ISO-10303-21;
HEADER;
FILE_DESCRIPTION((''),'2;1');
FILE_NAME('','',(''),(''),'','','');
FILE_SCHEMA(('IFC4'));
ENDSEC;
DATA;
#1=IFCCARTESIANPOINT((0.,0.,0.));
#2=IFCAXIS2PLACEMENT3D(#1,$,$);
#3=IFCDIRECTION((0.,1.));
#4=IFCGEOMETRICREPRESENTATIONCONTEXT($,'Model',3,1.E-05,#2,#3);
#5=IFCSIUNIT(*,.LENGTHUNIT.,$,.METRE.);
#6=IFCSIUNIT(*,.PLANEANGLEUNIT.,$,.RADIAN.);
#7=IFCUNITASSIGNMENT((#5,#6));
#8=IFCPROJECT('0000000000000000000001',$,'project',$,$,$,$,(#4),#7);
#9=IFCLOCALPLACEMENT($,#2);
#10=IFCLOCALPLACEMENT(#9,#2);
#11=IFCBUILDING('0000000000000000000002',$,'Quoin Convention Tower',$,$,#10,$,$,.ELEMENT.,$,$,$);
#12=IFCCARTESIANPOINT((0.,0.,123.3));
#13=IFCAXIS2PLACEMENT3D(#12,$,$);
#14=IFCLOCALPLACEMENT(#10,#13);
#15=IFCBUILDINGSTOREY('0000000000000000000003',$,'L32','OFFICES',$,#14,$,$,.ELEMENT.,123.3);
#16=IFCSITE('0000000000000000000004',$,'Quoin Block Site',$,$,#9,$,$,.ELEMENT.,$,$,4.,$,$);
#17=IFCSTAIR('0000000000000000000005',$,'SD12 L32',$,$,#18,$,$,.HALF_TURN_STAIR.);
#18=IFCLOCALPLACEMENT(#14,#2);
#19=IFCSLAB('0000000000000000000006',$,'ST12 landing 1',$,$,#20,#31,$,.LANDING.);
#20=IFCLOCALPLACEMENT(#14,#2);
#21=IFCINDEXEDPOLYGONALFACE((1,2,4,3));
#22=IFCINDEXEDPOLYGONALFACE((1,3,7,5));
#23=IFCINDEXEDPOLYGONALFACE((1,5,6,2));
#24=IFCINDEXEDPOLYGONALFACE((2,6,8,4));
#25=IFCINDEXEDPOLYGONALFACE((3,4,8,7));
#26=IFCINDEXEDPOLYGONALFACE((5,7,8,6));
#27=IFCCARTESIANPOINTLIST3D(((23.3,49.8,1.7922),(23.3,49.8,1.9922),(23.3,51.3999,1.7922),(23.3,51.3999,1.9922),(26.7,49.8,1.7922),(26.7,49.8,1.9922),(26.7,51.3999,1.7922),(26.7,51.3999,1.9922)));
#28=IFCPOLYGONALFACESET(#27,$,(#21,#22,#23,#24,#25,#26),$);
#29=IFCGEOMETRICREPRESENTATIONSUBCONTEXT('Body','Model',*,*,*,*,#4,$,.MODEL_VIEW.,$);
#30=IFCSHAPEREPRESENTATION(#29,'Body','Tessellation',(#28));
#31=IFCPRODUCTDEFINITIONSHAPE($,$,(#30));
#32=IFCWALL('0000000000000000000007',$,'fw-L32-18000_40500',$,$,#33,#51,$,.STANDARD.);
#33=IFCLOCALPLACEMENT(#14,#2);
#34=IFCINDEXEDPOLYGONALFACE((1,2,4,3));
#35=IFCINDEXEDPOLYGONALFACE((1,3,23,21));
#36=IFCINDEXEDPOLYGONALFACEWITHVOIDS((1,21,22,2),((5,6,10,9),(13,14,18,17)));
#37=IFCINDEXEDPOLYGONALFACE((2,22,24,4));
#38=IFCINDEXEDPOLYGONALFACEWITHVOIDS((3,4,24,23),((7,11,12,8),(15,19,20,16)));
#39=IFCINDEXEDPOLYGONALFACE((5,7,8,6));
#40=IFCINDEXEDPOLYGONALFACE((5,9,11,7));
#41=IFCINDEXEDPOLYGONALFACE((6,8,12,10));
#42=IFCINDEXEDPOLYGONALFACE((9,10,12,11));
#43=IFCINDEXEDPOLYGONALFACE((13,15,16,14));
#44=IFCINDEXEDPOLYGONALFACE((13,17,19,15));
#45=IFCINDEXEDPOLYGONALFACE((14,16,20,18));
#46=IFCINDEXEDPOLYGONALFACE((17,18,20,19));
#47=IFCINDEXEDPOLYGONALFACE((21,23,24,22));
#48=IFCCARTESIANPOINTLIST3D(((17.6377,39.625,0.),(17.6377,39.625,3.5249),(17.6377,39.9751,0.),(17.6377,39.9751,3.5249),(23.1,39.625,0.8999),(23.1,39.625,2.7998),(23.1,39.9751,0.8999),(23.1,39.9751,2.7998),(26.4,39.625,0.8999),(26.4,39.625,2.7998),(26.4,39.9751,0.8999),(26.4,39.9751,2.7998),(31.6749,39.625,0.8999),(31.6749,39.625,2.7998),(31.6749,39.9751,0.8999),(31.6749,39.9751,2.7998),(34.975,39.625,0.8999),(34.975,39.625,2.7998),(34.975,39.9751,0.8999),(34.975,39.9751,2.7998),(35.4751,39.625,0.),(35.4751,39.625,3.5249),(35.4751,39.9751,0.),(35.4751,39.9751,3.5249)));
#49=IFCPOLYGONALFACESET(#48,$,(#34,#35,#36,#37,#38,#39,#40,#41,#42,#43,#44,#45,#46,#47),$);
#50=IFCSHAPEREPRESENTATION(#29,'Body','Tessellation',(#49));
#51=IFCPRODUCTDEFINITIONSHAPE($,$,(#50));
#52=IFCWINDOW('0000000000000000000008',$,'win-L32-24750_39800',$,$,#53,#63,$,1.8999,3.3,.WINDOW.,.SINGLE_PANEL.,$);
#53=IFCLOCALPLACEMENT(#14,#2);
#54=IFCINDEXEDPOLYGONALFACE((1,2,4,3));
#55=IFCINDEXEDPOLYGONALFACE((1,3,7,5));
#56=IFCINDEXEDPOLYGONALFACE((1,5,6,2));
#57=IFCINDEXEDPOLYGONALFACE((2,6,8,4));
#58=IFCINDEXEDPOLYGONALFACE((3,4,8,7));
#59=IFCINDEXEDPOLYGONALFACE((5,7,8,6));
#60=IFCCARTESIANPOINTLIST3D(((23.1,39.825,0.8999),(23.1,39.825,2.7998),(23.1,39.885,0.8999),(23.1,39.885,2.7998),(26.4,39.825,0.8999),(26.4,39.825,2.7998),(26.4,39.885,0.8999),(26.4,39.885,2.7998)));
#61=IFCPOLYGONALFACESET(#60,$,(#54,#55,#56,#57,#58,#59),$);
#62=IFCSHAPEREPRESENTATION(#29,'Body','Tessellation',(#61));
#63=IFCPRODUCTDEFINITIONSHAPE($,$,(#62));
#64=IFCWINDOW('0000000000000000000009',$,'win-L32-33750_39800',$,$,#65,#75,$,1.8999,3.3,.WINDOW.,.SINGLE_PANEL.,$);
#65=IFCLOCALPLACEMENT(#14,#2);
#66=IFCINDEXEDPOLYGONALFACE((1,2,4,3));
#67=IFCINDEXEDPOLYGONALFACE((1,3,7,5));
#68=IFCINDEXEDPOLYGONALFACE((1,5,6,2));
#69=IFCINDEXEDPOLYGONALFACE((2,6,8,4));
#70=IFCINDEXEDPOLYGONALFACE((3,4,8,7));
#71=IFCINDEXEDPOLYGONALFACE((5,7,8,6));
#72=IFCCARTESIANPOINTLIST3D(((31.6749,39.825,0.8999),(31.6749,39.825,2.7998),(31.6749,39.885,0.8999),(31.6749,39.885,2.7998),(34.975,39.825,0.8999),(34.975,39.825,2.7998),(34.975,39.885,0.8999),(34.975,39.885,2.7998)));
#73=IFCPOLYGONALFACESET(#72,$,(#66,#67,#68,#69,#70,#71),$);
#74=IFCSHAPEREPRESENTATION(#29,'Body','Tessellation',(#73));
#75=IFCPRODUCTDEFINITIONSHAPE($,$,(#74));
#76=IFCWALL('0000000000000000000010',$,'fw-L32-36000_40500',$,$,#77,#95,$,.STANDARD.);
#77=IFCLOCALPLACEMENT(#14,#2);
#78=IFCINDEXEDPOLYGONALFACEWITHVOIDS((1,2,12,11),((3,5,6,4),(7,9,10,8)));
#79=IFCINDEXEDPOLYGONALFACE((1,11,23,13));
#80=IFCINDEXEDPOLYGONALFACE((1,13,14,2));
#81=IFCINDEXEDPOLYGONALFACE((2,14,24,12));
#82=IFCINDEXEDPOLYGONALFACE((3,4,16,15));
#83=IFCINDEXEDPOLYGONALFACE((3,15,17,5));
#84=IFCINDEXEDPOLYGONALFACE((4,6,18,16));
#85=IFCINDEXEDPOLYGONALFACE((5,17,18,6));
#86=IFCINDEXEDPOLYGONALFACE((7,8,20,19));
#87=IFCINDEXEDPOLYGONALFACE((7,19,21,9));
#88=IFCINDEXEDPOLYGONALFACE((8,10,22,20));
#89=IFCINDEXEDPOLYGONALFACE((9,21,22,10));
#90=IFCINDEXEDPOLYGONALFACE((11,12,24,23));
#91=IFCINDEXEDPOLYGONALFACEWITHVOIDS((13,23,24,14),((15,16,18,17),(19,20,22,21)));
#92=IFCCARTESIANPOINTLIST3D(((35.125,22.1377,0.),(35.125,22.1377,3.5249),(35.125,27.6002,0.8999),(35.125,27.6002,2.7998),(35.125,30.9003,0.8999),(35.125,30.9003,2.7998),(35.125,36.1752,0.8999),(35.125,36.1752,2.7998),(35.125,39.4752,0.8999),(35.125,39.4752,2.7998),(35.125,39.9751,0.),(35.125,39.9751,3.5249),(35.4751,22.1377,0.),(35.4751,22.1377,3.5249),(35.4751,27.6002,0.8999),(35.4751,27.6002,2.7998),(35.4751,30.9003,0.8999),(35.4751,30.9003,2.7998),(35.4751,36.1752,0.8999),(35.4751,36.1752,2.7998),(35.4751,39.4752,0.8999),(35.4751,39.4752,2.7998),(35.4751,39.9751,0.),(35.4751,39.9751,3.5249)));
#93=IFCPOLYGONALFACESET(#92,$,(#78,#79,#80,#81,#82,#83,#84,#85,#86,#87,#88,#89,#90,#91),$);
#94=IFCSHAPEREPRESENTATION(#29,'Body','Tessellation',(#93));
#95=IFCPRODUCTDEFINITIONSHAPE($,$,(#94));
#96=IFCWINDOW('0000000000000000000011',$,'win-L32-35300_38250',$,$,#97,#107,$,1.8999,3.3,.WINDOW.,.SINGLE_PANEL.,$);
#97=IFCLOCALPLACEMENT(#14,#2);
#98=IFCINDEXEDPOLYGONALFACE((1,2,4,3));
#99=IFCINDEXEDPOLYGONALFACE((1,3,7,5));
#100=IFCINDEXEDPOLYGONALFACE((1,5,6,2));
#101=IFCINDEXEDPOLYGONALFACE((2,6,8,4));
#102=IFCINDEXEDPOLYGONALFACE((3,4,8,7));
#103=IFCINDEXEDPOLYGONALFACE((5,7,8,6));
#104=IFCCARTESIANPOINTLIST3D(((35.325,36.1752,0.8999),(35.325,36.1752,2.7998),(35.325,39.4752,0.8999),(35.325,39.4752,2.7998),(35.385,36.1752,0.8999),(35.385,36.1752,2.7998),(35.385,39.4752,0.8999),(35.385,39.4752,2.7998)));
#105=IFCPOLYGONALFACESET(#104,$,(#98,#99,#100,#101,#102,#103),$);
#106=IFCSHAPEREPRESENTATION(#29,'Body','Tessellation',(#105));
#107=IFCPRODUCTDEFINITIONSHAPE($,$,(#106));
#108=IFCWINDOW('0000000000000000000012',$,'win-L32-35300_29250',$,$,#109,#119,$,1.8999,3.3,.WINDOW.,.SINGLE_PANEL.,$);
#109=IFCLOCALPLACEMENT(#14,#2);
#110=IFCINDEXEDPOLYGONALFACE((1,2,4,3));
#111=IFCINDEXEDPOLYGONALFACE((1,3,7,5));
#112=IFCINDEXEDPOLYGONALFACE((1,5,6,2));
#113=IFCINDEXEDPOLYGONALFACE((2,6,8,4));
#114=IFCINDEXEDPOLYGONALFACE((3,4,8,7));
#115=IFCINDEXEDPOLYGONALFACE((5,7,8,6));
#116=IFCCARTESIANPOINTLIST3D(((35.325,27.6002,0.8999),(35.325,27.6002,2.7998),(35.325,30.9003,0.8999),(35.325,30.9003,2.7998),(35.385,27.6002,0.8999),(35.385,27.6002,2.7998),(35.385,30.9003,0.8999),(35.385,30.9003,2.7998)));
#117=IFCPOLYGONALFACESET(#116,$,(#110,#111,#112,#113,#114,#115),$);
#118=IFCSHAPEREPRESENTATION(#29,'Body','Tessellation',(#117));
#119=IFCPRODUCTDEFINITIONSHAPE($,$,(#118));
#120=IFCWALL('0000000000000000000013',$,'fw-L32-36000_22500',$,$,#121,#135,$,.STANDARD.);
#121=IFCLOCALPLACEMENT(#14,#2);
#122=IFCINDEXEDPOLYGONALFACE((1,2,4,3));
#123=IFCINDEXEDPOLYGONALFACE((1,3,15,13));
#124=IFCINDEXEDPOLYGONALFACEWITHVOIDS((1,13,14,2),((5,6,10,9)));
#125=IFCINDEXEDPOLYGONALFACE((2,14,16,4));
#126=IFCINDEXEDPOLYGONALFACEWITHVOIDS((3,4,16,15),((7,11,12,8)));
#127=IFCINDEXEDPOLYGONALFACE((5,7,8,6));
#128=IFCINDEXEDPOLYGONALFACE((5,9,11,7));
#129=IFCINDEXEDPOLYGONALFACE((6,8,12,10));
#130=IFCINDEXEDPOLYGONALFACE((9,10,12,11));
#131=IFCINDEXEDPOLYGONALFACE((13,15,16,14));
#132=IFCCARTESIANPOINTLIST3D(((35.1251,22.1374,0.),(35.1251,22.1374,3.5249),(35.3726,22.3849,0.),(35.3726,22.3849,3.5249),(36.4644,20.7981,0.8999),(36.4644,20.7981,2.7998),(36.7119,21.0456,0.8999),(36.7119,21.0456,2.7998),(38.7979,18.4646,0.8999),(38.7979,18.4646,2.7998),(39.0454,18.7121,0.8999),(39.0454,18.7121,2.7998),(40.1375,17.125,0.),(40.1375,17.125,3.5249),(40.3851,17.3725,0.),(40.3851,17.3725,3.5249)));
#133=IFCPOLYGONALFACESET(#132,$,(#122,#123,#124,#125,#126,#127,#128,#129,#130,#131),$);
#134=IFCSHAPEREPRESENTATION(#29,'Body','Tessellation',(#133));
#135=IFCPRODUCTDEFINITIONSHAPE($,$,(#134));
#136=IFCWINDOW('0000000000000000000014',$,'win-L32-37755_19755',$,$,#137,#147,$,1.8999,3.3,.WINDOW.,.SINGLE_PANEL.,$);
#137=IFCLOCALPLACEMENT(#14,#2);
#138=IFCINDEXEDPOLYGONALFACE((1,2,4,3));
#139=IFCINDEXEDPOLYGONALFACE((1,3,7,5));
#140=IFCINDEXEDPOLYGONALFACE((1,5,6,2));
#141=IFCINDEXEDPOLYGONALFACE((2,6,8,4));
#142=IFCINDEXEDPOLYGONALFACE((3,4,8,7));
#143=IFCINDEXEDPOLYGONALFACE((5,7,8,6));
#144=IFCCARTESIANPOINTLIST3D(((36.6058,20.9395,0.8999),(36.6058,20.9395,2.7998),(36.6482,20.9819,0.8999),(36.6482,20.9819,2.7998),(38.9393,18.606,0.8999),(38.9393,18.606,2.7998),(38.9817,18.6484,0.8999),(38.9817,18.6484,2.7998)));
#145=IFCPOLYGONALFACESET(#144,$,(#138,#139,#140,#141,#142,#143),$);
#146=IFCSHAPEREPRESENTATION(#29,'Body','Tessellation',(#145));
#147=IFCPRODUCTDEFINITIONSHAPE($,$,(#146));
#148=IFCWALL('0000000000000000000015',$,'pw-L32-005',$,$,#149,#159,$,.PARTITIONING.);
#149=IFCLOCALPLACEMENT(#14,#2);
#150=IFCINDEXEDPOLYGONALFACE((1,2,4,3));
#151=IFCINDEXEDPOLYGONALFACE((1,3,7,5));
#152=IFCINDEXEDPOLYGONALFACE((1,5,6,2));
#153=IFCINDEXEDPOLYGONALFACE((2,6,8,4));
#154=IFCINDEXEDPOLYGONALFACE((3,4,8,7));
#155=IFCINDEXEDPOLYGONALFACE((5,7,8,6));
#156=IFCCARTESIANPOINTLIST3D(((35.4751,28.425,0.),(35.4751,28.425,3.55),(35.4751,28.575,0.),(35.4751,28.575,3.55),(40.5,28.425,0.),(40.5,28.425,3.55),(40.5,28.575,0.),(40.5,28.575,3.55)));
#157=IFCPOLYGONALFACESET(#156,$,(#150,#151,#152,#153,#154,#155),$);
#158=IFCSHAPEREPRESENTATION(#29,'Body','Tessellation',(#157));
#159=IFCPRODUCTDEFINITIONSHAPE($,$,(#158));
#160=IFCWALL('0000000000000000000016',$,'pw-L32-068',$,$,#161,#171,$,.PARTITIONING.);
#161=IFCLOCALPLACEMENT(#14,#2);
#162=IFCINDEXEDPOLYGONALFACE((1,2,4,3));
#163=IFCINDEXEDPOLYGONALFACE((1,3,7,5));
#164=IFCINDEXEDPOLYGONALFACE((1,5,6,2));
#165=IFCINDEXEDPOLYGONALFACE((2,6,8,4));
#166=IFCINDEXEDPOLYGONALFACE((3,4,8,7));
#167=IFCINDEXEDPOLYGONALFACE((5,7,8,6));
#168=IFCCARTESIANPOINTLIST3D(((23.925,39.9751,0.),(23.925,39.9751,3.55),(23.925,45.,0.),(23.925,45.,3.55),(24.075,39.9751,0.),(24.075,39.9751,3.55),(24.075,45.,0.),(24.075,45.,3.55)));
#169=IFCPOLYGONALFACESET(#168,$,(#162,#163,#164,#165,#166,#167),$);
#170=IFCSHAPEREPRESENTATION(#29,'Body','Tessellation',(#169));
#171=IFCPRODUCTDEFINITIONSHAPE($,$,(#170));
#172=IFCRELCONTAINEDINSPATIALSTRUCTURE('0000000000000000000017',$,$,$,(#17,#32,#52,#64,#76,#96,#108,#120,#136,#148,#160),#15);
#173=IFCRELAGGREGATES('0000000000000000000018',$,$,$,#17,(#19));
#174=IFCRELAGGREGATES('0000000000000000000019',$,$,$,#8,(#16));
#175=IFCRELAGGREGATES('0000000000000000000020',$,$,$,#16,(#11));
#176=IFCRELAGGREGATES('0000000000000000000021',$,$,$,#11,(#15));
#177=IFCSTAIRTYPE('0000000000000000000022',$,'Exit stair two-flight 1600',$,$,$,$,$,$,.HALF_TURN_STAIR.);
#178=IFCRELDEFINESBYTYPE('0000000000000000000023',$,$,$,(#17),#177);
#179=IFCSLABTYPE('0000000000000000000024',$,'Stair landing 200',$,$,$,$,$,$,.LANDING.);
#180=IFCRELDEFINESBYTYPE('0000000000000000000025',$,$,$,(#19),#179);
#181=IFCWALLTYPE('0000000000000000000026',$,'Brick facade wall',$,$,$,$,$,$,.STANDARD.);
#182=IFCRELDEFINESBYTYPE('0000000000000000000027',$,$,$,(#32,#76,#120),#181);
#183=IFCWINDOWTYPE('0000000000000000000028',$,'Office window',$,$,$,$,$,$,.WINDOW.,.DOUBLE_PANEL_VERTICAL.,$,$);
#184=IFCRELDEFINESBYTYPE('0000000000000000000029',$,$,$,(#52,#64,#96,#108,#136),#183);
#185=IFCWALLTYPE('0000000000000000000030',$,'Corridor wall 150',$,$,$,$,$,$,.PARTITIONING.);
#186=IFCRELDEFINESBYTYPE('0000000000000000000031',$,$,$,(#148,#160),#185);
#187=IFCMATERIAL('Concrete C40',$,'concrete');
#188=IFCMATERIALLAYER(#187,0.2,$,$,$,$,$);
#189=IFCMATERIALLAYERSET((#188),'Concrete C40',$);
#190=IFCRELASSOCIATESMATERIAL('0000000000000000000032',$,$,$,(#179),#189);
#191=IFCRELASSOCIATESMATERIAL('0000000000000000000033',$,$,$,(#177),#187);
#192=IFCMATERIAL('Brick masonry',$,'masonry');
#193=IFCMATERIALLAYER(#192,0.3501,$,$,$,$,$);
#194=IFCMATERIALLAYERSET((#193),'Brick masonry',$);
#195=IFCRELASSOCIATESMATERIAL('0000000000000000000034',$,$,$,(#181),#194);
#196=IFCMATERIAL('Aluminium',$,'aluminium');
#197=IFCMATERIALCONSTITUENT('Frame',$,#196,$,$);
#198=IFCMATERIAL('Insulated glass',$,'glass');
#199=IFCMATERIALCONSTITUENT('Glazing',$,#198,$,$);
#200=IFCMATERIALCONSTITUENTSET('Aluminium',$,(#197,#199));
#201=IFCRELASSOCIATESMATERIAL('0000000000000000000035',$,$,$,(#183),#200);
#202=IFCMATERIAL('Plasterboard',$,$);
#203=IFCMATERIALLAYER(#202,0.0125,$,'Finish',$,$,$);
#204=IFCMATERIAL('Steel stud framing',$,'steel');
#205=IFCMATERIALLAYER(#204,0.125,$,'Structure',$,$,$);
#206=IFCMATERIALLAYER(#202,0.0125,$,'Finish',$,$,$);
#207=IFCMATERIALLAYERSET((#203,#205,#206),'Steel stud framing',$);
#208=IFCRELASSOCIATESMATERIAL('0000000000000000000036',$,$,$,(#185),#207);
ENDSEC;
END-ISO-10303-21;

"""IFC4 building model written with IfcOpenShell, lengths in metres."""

from ifc_helpers import new_model, si_unit, direction, frame, frame_2d, origin, place, context, subcontext, project, spatial, polyline, rectangle, outline, extrude, material, layer, layer_set, constituent, constituent_set, type_object, element, fill, aggregate, save


model = new_model("IFC4")

# Units and contexts
model_context = context("Model", 3, precision=1e-05, world=origin(), true_north=direction((0.0, 1.0)))
body_context = subcontext(model_context, "Body", "Model", "MODEL_VIEW")
ifc_project = project(units=[si_unit("LENGTHUNIT", "METRE"), si_unit("PLANEANGLEUNIT", "RADIAN")], contexts=[model_context])

# Site, building, storey
site_placement = place(None, origin())
site = spatial("IfcSite", under=ifc_project, at=site_placement, Name="Quoin Block Site", CompositionType="ELEMENT", RefElevation=4.0)
building_placement = place(site_placement, origin())
building = spatial("IfcBuilding", under=site, at=building_placement, Name="Quoin Convention Tower", CompositionType="ELEMENT")
storey_placement = place(building_placement, frame((0.0, 0.0, 123.3)))
storey = spatial("IfcBuildingStorey", under=building, at=storey_placement, Name="L32", Description="OFFICES", CompositionType="ELEMENT", Elevation=123.3)

# Shared definitions
ifc_material_1 = material(Name="Concrete C40", Category="concrete")

# Stair, slab
ifc_layer_1 = layer(ifc_material_1, 0.2)
ifc_layer_set_1 = layer_set([ifc_layer_1], Name="Concrete C40")
slab_type_1 = type_object("IfcSlabType", Name="Stair landing 200", PredefinedType="LANDING", material=ifc_layer_set_1)
stair_type_1 = type_object("IfcStairType", Name="Exit stair two-flight 1600", PredefinedType="HALF_TURN_STAIR", material=ifc_material_1)
stair_1_placement = place(storey_placement, origin())
stair_1 = element("IfcStair", 1, at=stair_1_placement, inside=storey, type_object=stair_type_1, Name="SD12 L32", PredefinedType="HALF_TURN_STAIR")
slab_1_placement = place(storey_placement, frame((0.0, 0.0, 1.7922)))
slab_1 = element("IfcSlab", 2, at=slab_1_placement, type_object=slab_type_1, Name="ST12 landing 1", PredefinedType="LANDING", context=body_context, shape_type="SweptSolid", body=[
    extrude(outline(polyline([(26.7, 51.3999), (23.3, 51.3999), (23.3, 49.8), (26.7, 49.8), (26.7, 51.3999)])), origin(), (0.0, 0.0, 1.0), 0.2),
])
aggregate(stair_1, [slab_1])

# Walls, openings, windows
ifc_material_2 = material(Name="Brick masonry", Category="masonry")
ifc_layer_2 = layer(ifc_material_2, 0.3501)
ifc_layer_set_2 = layer_set([ifc_layer_2], Name="Brick masonry")
wall_type_1 = type_object("IfcWallType", Name="Brick facade wall", PredefinedType="STANDARD", material=ifc_layer_set_2)
wall_1_placement = place(storey_placement, frame((17.6377, 39.8, 0.0), z_axis=(0.0, 0.0, 1.0), x_axis=(1.0, 0.0, 0.0)))
wall_1 = element("IfcWall", 3, at=wall_1_placement, inside=storey, type_object=wall_type_1, Name="fw-L32-18000_40500", PredefinedType="STANDARD", context=body_context, shape_type="SweptSolid", body=[
    extrude(rectangle(XDim=17.8374, YDim=0.3501, at=frame_2d((8.9187, 0.0))), origin(), (0.0, 0.0, 1.0), 3.5249),
])
opening_1_placement = place(wall_1_placement, frame((5.4624, 0.0, 0.8999)))
opening_1 = element("IfcOpeningElement", 4, at=opening_1_placement, cuts=wall_1, PredefinedType="OPENING", context=body_context, shape_type="SweptSolid", body=[
    extrude(rectangle(XDim=3.3, YDim=1.8999, at=frame_2d((1.6499, 0.95))), frame((0.0, 0.1851, 0.0), z_axis=(0.0, -1.0, 0.0), x_axis=(1.0, 0.0, 0.0)), (0.0, 0.0, 1.0), 0.3701),
])
opening_2_placement = place(wall_1_placement, frame((14.0374, 0.0, 0.8999)))
opening_2 = element("IfcOpeningElement", 5, at=opening_2_placement, cuts=wall_1, PredefinedType="OPENING", context=body_context, shape_type="SweptSolid", body=[
    extrude(rectangle(XDim=3.3, YDim=1.8999, at=frame_2d((1.6499, 0.95))), frame((0.0, 0.1851, 0.0), z_axis=(0.0, -1.0, 0.0), x_axis=(1.0, 0.0, 0.0)), (0.0, 0.0, 1.0), 0.3701),
])
ifc_material_3 = material(Name="Aluminium", Category="aluminium")
ifc_constituent_1 = constituent(ifc_material_3, Name="Frame")
ifc_material_4 = material(Name="Insulated glass", Category="glass")
ifc_constituent_2 = constituent(ifc_material_4, Name="Glazing")
ifc_constituent_set = constituent_set(constituents=[ifc_constituent_1, ifc_constituent_2], Name="Aluminium")
window_type = type_object("IfcWindowType", Name="Office window", PartitioningType="DOUBLE_PANEL_VERTICAL", PredefinedType="WINDOW", material=ifc_constituent_set)
window_1_placement = place(opening_1_placement, origin())
window_1 = element("IfcWindow", 6, at=window_1_placement, inside=storey, type_object=window_type, Name="win-L32-24750_39800", OverallHeight=1.8999, OverallWidth=3.3, PartitioningType="SINGLE_PANEL", PredefinedType="WINDOW", context=body_context, shape_type="SweptSolid", body=[
    extrude(rectangle(XDim=3.3, YDim=1.8999, at=frame_2d((1.6499, 0.95))), frame((0.0, 0.085, 0.0), z_axis=(0.0, -1.0, 0.0), x_axis=(1.0, 0.0, 0.0)), (0.0, 0.0, 1.0), 0.0601),
])
fill(opening_1, window_1)
window_2_placement = place(opening_2_placement, origin())
window_2 = element("IfcWindow", 7, at=window_2_placement, inside=storey, type_object=window_type, Name="win-L32-33750_39800", OverallHeight=1.8999, OverallWidth=3.3, PartitioningType="SINGLE_PANEL", PredefinedType="WINDOW", context=body_context, shape_type="SweptSolid", body=[
    extrude(rectangle(XDim=3.3, YDim=1.8999, at=frame_2d((1.6499, 0.95))), frame((0.0, 0.085, 0.0), z_axis=(0.0, -1.0, 0.0), x_axis=(1.0, 0.0, 0.0)), (0.0, 0.0, 1.0), 0.0601),
])
fill(opening_2, window_2)
wall_2_placement = place(storey_placement, frame((35.3, 39.9751, 0.0), z_axis=(0.0, 0.0, 1.0), x_axis=(0.0, -1.0, 0.0)))
wall_2 = element("IfcWall", 8, at=wall_2_placement, inside=storey, type_object=wall_type_1, Name="fw-L32-36000_40500", PredefinedType="STANDARD", context=body_context, shape_type="SweptSolid", body=[
    extrude(rectangle(XDim=17.8374, YDim=0.3501, at=frame_2d((8.9187, 0.0))), origin(), (0.0, 0.0, 1.0), 3.5249),
])
opening_3_placement = place(wall_2_placement, frame((0.5, 0.0, 0.8999)))
opening_3 = element("IfcOpeningElement", 9, at=opening_3_placement, cuts=wall_2, PredefinedType="OPENING", context=body_context, shape_type="SweptSolid", body=[
    extrude(rectangle(XDim=3.3, YDim=1.8999, at=frame_2d((1.6499, 0.95))), frame((0.0, 0.1851, 0.0), z_axis=(0.0, -1.0, 0.0), x_axis=(1.0, 0.0, 0.0)), (0.0, 0.0, 1.0), 0.3701),
])
opening_4_placement = place(wall_2_placement, frame((9.075, 0.0, 0.8999)))
opening_4 = element("IfcOpeningElement", 10, at=opening_4_placement, cuts=wall_2, PredefinedType="OPENING", context=body_context, shape_type="SweptSolid", body=[
    extrude(rectangle(XDim=3.3, YDim=1.8999, at=frame_2d((1.6499, 0.95))), frame((0.0, 0.1851, 0.0), z_axis=(0.0, -1.0, 0.0), x_axis=(1.0, 0.0, 0.0)), (0.0, 0.0, 1.0), 0.3701),
])
window_3_placement = place(opening_3_placement, origin())
window_3 = element("IfcWindow", 11, at=window_3_placement, inside=storey, type_object=window_type, Name="win-L32-35300_38250", OverallHeight=1.8999, OverallWidth=3.3, PartitioningType="SINGLE_PANEL", PredefinedType="WINDOW", context=body_context, shape_type="SweptSolid", body=[
    extrude(rectangle(XDim=3.3, YDim=1.8999, at=frame_2d((1.6499, 0.95))), frame((0.0, 0.085, 0.0), z_axis=(0.0, -1.0, 0.0), x_axis=(1.0, 0.0, 0.0)), (0.0, 0.0, 1.0), 0.0601),
])
fill(opening_3, window_3)
window_4_placement = place(opening_4_placement, origin())
window_4 = element("IfcWindow", 12, at=window_4_placement, inside=storey, type_object=window_type, Name="win-L32-35300_29250", OverallHeight=1.8999, OverallWidth=3.3, PartitioningType="SINGLE_PANEL", PredefinedType="WINDOW", context=body_context, shape_type="SweptSolid", body=[
    extrude(rectangle(XDim=3.3, YDim=1.8999, at=frame_2d((1.6499, 0.95))), frame((0.0, 0.085, 0.0), z_axis=(0.0, -1.0, 0.0), x_axis=(1.0, 0.0, 0.0)), (0.0, 0.0, 1.0), 0.0601),
])
fill(opening_4, window_4)

# Wall, opening, window
wall_3_placement = place(storey_placement, frame((35.2488, 22.2612, 0.0), z_axis=(0.0, 0.0, 1.0), x_axis=(0.707107, -0.707107, 0.0)))
wall_3 = element("IfcWall", 13, at=wall_3_placement, inside=storey, type_object=wall_type_1, Name="fw-L32-36000_22500", PredefinedType="STANDARD", context=body_context, shape_type="SweptSolid", body=[
    extrude(rectangle(XDim=7.0886, YDim=0.3501, at=frame_2d((3.5444, 0.0))), origin(), (0.0, 0.0, 1.0), 3.5249),
])
opening_5_placement = place(wall_3_placement, frame((1.8943, 0.0, 0.8999)))
opening_5 = element("IfcOpeningElement", 14, at=opening_5_placement, cuts=wall_3, PredefinedType="OPENING", context=body_context, shape_type="SweptSolid", body=[
    extrude(rectangle(XDim=3.3, YDim=1.8999, at=frame_2d((1.6499, 0.95))), frame((0.0, 0.1851, 0.0), z_axis=(0.0, -1.0, 0.0), x_axis=(1.0, 0.0, 0.0)), (0.0, 0.0, 1.0), 0.3701),
])
window_5_placement = place(opening_5_placement, origin())
window_5 = element("IfcWindow", 15, at=window_5_placement, inside=storey, type_object=window_type, Name="win-L32-37755_19755", OverallHeight=1.8999, OverallWidth=3.3, PartitioningType="SINGLE_PANEL", PredefinedType="WINDOW", context=body_context, shape_type="SweptSolid", body=[
    extrude(rectangle(XDim=3.3, YDim=1.8999, at=frame_2d((1.6499, 0.95))), frame((0.0, 0.085, 0.0), z_axis=(0.0, -1.0, 0.0), x_axis=(1.0, 0.0, 0.0)), (0.0, 0.0, 1.0), 0.0601),
])
fill(opening_5, window_5)

# Walls
ifc_material_5 = material(Name="Plasterboard")
ifc_layer_3 = layer(ifc_material_5, 0.0125, Name="Finish")
ifc_material_6 = material(Name="Steel stud framing", Category="steel")
ifc_layer_4 = layer(ifc_material_6, 0.125, Name="Structure")
ifc_layer_5 = layer(ifc_material_5, 0.0125, Name="Finish")
ifc_layer_set_3 = layer_set([ifc_layer_3, ifc_layer_4, ifc_layer_5], Name="Steel stud framing")
wall_type_2 = type_object("IfcWallType", Name="Corridor wall 150", PredefinedType="PARTITIONING", material=ifc_layer_set_3)
for number, where, z_axis, x_axis, name in (
    (16, (35.4751, 28.5, 0.0), (0.0, 0.0, 1.0), (1.0, 0.0, 0.0), "pw-L32-005"),
    (17, (24.0, 39.9751, 0.0), (0.0, 0.0, 1.0), (0.0, 1.0, 0.0), "pw-L32-068"),
):
    element("IfcWall", number, at=place(storey_placement, frame(where, z_axis=z_axis, x_axis=x_axis)), inside=storey, type_object=wall_type_2, Name=name, PredefinedType="PARTITIONING", context=body_context, shape_type="SweptSolid", body=[
        extrude(rectangle(XDim=5.0249, YDim=0.1499, at=frame_2d((2.5125, 0.0))), origin(), (0.0, 0.0, 1.0), 3.55),
    ])

save(model, "model.ifc")
